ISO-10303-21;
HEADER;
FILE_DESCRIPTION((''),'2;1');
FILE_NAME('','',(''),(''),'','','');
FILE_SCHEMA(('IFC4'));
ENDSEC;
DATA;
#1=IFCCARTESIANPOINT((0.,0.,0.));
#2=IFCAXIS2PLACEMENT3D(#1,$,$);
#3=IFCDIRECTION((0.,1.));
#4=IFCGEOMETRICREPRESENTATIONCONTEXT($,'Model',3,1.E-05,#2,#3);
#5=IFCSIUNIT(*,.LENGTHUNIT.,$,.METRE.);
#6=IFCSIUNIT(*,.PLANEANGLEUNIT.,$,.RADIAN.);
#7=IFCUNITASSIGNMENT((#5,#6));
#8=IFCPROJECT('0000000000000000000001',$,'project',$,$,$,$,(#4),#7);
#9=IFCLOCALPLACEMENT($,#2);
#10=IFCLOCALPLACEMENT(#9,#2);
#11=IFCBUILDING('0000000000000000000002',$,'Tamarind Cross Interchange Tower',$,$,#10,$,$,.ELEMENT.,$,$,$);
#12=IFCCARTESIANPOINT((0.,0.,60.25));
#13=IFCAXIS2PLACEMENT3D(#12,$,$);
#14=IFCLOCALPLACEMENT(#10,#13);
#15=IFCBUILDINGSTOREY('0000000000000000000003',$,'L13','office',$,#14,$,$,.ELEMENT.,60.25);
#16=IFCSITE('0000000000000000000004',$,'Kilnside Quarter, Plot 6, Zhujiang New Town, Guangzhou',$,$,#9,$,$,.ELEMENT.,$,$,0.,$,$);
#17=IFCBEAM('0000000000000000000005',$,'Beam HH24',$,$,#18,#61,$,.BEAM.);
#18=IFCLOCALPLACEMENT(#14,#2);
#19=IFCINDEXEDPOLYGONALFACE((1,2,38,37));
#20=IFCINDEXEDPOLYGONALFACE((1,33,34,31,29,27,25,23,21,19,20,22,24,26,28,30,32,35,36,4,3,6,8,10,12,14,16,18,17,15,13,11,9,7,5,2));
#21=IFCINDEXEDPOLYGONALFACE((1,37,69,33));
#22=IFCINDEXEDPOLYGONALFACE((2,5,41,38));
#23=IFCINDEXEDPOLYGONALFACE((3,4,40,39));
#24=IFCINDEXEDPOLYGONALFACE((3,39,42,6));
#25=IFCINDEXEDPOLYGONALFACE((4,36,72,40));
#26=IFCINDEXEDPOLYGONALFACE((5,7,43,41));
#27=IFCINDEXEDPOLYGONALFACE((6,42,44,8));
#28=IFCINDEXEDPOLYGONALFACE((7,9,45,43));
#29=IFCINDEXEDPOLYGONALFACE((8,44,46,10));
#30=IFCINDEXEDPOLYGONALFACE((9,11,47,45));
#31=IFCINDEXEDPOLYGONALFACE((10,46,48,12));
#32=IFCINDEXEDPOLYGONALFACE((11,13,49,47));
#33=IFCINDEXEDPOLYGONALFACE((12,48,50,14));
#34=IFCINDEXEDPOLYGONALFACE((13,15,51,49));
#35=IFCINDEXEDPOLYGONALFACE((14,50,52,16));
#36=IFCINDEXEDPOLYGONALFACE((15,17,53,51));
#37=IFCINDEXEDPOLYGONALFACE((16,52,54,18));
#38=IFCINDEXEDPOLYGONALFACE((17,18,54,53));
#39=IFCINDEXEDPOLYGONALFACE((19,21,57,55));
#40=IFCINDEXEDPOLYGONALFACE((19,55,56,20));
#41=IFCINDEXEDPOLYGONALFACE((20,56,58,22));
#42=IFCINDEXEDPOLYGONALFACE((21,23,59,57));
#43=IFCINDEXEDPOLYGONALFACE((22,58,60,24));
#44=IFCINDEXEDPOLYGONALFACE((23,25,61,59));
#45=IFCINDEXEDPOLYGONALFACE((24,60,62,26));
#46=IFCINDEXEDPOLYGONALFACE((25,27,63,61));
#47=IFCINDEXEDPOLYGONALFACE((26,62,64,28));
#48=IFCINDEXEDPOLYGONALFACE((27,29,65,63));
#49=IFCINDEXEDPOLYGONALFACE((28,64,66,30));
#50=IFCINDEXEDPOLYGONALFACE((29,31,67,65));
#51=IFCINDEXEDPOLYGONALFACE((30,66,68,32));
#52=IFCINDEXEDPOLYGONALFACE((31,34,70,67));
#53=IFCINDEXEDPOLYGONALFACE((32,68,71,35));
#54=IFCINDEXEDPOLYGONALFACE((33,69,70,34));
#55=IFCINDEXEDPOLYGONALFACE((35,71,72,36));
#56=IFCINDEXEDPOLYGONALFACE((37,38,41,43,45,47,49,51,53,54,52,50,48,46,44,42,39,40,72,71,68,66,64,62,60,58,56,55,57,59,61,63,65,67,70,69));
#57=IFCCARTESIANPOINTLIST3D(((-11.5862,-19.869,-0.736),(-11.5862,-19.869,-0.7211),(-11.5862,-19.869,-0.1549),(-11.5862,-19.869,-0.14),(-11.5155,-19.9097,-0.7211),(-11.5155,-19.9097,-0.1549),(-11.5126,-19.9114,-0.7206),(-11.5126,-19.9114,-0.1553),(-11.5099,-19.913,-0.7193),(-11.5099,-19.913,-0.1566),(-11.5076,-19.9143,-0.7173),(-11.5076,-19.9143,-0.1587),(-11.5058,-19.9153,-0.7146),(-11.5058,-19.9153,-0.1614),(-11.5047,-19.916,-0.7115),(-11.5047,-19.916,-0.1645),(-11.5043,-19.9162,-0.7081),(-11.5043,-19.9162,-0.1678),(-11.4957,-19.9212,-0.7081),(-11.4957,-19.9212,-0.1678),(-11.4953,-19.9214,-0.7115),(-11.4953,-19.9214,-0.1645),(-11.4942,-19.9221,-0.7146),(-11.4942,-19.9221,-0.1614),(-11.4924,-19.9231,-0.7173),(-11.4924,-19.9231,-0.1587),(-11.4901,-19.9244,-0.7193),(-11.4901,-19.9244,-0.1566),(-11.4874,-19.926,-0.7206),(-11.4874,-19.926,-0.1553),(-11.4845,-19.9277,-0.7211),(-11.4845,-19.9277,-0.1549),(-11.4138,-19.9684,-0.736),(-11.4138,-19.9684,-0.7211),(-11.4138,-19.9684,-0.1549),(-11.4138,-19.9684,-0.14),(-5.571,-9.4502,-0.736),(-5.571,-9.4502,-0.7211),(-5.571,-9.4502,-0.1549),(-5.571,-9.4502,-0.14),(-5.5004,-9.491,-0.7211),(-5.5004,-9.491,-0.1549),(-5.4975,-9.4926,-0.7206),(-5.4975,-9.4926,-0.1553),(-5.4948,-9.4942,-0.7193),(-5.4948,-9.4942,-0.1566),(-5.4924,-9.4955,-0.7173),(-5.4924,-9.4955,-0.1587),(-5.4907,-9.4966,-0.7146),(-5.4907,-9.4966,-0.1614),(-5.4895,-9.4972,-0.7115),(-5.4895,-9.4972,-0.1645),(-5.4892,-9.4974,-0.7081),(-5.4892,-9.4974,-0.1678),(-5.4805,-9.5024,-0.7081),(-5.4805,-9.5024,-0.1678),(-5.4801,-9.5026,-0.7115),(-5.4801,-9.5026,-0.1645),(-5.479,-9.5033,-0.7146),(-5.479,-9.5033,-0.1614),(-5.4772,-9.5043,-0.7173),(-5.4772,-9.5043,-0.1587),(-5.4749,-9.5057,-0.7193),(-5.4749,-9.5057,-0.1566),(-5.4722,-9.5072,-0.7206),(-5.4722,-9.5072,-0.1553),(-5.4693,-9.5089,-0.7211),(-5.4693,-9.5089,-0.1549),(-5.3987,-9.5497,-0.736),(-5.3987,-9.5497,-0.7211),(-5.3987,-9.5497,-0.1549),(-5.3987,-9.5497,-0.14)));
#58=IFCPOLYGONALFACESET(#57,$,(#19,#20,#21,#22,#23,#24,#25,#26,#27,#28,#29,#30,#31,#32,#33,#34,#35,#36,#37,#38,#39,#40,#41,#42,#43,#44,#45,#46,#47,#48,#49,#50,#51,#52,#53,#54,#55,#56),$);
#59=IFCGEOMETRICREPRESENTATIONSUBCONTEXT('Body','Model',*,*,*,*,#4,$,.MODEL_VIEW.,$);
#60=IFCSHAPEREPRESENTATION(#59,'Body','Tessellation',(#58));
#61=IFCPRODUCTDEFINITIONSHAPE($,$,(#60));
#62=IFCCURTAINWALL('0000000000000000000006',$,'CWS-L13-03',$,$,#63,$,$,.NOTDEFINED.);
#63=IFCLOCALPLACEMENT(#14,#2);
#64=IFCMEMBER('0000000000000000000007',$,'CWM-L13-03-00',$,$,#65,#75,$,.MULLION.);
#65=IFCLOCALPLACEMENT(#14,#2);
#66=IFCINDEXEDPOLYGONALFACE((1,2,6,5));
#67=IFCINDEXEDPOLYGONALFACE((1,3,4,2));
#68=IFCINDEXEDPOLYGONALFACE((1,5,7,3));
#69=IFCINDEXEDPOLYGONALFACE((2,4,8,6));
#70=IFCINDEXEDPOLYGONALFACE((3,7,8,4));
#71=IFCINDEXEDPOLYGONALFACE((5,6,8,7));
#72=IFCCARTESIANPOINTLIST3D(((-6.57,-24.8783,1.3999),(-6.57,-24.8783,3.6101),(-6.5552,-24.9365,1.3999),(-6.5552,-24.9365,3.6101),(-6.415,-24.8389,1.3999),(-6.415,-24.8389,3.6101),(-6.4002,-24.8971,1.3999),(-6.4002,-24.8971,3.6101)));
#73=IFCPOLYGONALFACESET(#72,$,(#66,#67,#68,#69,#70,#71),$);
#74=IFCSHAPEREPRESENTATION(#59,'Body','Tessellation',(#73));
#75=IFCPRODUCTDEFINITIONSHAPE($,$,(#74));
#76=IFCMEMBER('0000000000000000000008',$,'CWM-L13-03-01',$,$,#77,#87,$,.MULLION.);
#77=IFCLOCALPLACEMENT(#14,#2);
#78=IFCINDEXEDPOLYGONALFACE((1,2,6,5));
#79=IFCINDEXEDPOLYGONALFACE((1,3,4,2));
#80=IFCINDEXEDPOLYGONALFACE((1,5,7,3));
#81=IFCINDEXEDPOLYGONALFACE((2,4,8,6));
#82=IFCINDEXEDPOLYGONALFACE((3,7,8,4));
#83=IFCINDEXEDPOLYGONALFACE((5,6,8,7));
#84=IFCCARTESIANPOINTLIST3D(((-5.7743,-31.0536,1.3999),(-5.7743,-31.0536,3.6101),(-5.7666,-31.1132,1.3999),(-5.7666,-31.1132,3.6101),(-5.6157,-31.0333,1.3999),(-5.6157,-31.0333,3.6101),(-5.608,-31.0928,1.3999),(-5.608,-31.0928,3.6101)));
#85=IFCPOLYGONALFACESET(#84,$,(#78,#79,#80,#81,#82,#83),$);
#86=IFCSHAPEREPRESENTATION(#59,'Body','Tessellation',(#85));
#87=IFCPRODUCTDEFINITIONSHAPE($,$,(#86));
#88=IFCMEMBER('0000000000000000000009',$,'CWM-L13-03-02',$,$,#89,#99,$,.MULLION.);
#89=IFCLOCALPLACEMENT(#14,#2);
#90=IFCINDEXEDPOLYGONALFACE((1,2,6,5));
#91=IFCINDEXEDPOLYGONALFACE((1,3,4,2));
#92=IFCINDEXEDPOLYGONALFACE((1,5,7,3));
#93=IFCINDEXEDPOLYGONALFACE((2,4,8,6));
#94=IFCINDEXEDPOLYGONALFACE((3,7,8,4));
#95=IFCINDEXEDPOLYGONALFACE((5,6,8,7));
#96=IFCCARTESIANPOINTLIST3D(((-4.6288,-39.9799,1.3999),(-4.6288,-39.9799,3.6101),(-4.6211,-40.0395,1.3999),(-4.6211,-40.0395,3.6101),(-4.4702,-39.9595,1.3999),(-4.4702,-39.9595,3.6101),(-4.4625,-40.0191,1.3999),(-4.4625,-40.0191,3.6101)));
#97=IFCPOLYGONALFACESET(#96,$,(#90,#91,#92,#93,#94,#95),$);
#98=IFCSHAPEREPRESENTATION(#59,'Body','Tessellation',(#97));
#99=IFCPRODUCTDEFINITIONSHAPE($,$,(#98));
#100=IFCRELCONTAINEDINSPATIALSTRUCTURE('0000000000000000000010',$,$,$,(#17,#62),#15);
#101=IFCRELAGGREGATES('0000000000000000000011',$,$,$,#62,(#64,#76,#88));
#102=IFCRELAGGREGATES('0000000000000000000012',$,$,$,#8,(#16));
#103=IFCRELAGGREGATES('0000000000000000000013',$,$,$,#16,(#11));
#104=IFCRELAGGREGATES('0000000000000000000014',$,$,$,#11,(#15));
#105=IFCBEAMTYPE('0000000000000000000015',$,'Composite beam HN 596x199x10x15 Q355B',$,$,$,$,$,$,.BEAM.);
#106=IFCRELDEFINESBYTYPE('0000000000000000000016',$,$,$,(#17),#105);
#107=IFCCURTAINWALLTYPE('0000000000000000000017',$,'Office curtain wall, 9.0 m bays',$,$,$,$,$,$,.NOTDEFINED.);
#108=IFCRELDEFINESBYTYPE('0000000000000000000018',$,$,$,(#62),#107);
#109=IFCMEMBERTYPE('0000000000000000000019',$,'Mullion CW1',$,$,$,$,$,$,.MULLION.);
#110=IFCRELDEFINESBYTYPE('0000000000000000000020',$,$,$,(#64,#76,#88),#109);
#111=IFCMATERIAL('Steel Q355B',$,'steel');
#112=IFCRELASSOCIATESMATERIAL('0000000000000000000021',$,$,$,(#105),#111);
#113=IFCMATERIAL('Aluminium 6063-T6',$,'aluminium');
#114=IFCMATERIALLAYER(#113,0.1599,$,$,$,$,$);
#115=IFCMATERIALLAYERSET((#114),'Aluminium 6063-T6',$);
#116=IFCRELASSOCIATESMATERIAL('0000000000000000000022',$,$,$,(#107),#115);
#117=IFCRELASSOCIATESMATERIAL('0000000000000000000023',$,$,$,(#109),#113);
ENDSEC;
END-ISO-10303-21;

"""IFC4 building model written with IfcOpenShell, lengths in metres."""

from ifc_helpers import new_model, si_unit, direction, frame, origin, origin_2d, place, context, subcontext, project, spatial, rectangle, i_section, extrude, material, layer, layer_set, material_profile, profile_set, type_object, element, aggregate, save


model = new_model("IFC4")

# Units and contexts
model_context = context("Model", 3, precision=1e-05, world=origin(), true_north=direction((0.0, 1.0)))
body_context = subcontext(model_context, "Body", "Model", "MODEL_VIEW")
ifc_project = project(units=[si_unit("LENGTHUNIT", "METRE"), si_unit("PLANEANGLEUNIT", "RADIAN")], contexts=[model_context])

# Site, building, storey
site_placement = place(None, origin())
site = spatial("IfcSite", under=ifc_project, at=site_placement, Name="Kilnside Quarter, Plot 6, Zhujiang New Town, Guangzhou", CompositionType="ELEMENT", RefElevation=0.0)
building_placement = place(site_placement, origin())
building = spatial("IfcBuilding", under=site, at=building_placement, Name="Tamarind Cross Interchange Tower", CompositionType="ELEMENT")
storey_placement = place(building_placement, frame((0.0, 0.0, 60.25)))
storey = spatial("IfcBuildingStorey", under=building, at=storey_placement, Name="L13", Description="office", CompositionType="ELEMENT", Elevation=60.25)

# Beam
ifc_material_1 = material(Name="Steel Q355B", Category="steel")
ifc_material_profile_1 = material_profile(ifc_material_1, i_section(OverallWidth=0.199, OverallDepth=0.5959, WebThickness=0.01, FlangeThickness=0.0149, FilletRadius=0.0129, at=origin_2d()), Name="HN 596x199x10x15")
ifc_profile_set_1 = profile_set([ifc_material_profile_1], Name="Steel Q355B")
beam_type_1 = type_object("IfcBeamType", Name="Composite beam HN 596x199x10x15 Q355B", PredefinedType="BEAM", material=ifc_profile_set_1)
beam_1_placement = place(storey_placement, frame((-11.5, -19.9187, -0.438), z_axis=(0.499994, 0.866029, 0.0), x_axis=(-0.866029, 0.499994, 0.0)))
element("IfcBeam", 1, at=beam_1_placement, inside=storey, type_object=beam_type_1, Name="Beam HH24", PredefinedType="BEAM", context=body_context, shape_type="SweptSolid", body=[
    extrude(i_section(OverallWidth=0.199, OverallDepth=0.5959, WebThickness=0.01, FlangeThickness=0.0149, FilletRadius=0.0129, at=origin_2d()), origin(), (0.0, 0.0, 1.0), 12.0305),
])

# Curtain wall, members
ifc_material_2 = material(Name="Aluminium 6063-T6", Category="aluminium")
ifc_layer_1 = layer(ifc_material_2, 0.1599)
ifc_layer_set_1 = layer_set([ifc_layer_1], Name="Aluminium 6063-T6")
curtain_wall_type = type_object("IfcCurtainWallType", Name="Office curtain wall, 9.0 m bays", PredefinedType="NOTDEFINED", material=ifc_layer_set_1)
curtain_wall_placement = place(storey_placement, origin())
curtain_wall = element("IfcCurtainWall", 2, at=curtain_wall_placement, inside=storey, type_object=curtain_wall_type, Name="CWS-L13-03", PredefinedType="NOTDEFINED")
ifc_material_profile_2 = material_profile(ifc_material_2, rectangle(XDim=0.0601, YDim=0.1599, at=origin_2d()), Name="Mullion CW1")
ifc_profile_set_2 = profile_set([ifc_material_profile_2], Name="Aluminium 6063-T6")
member_type = type_object("IfcMemberType", Name="Mullion CW1", PredefinedType="MULLION", material=ifc_profile_set_2)
member_1_placement = place(storey_placement, frame((-6.4851, -24.8877, 1.3999), z_axis=(0.0, 0.0, 1.0), x_axis=(0.246709, -0.96909, 0.0)))
member_1 = element("IfcMember", 3, at=member_1_placement, type_object=member_type, Name="CWM-L13-03-00", PredefinedType="MULLION", context=body_context, shape_type="SweptSolid", body=[
    extrude(rectangle(XDim=0.0601, YDim=0.1599, at=origin_2d()), origin(), (0.0, 0.0, 1.0), 2.2102),
])
member_2_placement = place(storey_placement, frame((-5.6912, -31.0732, 1.3999), z_axis=(0.0, 0.0, 1.0), x_axis=(0.1273, -0.991864, 0.0)))
member_2 = element("IfcMember", 4, at=member_2_placement, type_object=member_type, Name="CWM-L13-03-01", PredefinedType="MULLION", context=body_context, shape_type="SweptSolid", body=[
    extrude(rectangle(XDim=0.0601, YDim=0.1599, at=origin_2d()), origin(), (0.0, 0.0, 1.0), 2.2102),
])
member_3_placement = place(storey_placement, frame((-4.5457, -39.9995, 1.3999), z_axis=(0.0, 0.0, 1.0), x_axis=(0.1273, -0.991864, 0.0)))
member_3 = element("IfcMember", 5, at=member_3_placement, type_object=member_type, Name="CWM-L13-03-02", PredefinedType="MULLION", context=body_context, shape_type="SweptSolid", body=[
    extrude(rectangle(XDim=0.0601, YDim=0.1599, at=origin_2d()), origin(), (0.0, 0.0, 1.0), 2.2102),
])
aggregate(curtain_wall, [member_1, member_2, member_3])

save(model, "model.ifc")
